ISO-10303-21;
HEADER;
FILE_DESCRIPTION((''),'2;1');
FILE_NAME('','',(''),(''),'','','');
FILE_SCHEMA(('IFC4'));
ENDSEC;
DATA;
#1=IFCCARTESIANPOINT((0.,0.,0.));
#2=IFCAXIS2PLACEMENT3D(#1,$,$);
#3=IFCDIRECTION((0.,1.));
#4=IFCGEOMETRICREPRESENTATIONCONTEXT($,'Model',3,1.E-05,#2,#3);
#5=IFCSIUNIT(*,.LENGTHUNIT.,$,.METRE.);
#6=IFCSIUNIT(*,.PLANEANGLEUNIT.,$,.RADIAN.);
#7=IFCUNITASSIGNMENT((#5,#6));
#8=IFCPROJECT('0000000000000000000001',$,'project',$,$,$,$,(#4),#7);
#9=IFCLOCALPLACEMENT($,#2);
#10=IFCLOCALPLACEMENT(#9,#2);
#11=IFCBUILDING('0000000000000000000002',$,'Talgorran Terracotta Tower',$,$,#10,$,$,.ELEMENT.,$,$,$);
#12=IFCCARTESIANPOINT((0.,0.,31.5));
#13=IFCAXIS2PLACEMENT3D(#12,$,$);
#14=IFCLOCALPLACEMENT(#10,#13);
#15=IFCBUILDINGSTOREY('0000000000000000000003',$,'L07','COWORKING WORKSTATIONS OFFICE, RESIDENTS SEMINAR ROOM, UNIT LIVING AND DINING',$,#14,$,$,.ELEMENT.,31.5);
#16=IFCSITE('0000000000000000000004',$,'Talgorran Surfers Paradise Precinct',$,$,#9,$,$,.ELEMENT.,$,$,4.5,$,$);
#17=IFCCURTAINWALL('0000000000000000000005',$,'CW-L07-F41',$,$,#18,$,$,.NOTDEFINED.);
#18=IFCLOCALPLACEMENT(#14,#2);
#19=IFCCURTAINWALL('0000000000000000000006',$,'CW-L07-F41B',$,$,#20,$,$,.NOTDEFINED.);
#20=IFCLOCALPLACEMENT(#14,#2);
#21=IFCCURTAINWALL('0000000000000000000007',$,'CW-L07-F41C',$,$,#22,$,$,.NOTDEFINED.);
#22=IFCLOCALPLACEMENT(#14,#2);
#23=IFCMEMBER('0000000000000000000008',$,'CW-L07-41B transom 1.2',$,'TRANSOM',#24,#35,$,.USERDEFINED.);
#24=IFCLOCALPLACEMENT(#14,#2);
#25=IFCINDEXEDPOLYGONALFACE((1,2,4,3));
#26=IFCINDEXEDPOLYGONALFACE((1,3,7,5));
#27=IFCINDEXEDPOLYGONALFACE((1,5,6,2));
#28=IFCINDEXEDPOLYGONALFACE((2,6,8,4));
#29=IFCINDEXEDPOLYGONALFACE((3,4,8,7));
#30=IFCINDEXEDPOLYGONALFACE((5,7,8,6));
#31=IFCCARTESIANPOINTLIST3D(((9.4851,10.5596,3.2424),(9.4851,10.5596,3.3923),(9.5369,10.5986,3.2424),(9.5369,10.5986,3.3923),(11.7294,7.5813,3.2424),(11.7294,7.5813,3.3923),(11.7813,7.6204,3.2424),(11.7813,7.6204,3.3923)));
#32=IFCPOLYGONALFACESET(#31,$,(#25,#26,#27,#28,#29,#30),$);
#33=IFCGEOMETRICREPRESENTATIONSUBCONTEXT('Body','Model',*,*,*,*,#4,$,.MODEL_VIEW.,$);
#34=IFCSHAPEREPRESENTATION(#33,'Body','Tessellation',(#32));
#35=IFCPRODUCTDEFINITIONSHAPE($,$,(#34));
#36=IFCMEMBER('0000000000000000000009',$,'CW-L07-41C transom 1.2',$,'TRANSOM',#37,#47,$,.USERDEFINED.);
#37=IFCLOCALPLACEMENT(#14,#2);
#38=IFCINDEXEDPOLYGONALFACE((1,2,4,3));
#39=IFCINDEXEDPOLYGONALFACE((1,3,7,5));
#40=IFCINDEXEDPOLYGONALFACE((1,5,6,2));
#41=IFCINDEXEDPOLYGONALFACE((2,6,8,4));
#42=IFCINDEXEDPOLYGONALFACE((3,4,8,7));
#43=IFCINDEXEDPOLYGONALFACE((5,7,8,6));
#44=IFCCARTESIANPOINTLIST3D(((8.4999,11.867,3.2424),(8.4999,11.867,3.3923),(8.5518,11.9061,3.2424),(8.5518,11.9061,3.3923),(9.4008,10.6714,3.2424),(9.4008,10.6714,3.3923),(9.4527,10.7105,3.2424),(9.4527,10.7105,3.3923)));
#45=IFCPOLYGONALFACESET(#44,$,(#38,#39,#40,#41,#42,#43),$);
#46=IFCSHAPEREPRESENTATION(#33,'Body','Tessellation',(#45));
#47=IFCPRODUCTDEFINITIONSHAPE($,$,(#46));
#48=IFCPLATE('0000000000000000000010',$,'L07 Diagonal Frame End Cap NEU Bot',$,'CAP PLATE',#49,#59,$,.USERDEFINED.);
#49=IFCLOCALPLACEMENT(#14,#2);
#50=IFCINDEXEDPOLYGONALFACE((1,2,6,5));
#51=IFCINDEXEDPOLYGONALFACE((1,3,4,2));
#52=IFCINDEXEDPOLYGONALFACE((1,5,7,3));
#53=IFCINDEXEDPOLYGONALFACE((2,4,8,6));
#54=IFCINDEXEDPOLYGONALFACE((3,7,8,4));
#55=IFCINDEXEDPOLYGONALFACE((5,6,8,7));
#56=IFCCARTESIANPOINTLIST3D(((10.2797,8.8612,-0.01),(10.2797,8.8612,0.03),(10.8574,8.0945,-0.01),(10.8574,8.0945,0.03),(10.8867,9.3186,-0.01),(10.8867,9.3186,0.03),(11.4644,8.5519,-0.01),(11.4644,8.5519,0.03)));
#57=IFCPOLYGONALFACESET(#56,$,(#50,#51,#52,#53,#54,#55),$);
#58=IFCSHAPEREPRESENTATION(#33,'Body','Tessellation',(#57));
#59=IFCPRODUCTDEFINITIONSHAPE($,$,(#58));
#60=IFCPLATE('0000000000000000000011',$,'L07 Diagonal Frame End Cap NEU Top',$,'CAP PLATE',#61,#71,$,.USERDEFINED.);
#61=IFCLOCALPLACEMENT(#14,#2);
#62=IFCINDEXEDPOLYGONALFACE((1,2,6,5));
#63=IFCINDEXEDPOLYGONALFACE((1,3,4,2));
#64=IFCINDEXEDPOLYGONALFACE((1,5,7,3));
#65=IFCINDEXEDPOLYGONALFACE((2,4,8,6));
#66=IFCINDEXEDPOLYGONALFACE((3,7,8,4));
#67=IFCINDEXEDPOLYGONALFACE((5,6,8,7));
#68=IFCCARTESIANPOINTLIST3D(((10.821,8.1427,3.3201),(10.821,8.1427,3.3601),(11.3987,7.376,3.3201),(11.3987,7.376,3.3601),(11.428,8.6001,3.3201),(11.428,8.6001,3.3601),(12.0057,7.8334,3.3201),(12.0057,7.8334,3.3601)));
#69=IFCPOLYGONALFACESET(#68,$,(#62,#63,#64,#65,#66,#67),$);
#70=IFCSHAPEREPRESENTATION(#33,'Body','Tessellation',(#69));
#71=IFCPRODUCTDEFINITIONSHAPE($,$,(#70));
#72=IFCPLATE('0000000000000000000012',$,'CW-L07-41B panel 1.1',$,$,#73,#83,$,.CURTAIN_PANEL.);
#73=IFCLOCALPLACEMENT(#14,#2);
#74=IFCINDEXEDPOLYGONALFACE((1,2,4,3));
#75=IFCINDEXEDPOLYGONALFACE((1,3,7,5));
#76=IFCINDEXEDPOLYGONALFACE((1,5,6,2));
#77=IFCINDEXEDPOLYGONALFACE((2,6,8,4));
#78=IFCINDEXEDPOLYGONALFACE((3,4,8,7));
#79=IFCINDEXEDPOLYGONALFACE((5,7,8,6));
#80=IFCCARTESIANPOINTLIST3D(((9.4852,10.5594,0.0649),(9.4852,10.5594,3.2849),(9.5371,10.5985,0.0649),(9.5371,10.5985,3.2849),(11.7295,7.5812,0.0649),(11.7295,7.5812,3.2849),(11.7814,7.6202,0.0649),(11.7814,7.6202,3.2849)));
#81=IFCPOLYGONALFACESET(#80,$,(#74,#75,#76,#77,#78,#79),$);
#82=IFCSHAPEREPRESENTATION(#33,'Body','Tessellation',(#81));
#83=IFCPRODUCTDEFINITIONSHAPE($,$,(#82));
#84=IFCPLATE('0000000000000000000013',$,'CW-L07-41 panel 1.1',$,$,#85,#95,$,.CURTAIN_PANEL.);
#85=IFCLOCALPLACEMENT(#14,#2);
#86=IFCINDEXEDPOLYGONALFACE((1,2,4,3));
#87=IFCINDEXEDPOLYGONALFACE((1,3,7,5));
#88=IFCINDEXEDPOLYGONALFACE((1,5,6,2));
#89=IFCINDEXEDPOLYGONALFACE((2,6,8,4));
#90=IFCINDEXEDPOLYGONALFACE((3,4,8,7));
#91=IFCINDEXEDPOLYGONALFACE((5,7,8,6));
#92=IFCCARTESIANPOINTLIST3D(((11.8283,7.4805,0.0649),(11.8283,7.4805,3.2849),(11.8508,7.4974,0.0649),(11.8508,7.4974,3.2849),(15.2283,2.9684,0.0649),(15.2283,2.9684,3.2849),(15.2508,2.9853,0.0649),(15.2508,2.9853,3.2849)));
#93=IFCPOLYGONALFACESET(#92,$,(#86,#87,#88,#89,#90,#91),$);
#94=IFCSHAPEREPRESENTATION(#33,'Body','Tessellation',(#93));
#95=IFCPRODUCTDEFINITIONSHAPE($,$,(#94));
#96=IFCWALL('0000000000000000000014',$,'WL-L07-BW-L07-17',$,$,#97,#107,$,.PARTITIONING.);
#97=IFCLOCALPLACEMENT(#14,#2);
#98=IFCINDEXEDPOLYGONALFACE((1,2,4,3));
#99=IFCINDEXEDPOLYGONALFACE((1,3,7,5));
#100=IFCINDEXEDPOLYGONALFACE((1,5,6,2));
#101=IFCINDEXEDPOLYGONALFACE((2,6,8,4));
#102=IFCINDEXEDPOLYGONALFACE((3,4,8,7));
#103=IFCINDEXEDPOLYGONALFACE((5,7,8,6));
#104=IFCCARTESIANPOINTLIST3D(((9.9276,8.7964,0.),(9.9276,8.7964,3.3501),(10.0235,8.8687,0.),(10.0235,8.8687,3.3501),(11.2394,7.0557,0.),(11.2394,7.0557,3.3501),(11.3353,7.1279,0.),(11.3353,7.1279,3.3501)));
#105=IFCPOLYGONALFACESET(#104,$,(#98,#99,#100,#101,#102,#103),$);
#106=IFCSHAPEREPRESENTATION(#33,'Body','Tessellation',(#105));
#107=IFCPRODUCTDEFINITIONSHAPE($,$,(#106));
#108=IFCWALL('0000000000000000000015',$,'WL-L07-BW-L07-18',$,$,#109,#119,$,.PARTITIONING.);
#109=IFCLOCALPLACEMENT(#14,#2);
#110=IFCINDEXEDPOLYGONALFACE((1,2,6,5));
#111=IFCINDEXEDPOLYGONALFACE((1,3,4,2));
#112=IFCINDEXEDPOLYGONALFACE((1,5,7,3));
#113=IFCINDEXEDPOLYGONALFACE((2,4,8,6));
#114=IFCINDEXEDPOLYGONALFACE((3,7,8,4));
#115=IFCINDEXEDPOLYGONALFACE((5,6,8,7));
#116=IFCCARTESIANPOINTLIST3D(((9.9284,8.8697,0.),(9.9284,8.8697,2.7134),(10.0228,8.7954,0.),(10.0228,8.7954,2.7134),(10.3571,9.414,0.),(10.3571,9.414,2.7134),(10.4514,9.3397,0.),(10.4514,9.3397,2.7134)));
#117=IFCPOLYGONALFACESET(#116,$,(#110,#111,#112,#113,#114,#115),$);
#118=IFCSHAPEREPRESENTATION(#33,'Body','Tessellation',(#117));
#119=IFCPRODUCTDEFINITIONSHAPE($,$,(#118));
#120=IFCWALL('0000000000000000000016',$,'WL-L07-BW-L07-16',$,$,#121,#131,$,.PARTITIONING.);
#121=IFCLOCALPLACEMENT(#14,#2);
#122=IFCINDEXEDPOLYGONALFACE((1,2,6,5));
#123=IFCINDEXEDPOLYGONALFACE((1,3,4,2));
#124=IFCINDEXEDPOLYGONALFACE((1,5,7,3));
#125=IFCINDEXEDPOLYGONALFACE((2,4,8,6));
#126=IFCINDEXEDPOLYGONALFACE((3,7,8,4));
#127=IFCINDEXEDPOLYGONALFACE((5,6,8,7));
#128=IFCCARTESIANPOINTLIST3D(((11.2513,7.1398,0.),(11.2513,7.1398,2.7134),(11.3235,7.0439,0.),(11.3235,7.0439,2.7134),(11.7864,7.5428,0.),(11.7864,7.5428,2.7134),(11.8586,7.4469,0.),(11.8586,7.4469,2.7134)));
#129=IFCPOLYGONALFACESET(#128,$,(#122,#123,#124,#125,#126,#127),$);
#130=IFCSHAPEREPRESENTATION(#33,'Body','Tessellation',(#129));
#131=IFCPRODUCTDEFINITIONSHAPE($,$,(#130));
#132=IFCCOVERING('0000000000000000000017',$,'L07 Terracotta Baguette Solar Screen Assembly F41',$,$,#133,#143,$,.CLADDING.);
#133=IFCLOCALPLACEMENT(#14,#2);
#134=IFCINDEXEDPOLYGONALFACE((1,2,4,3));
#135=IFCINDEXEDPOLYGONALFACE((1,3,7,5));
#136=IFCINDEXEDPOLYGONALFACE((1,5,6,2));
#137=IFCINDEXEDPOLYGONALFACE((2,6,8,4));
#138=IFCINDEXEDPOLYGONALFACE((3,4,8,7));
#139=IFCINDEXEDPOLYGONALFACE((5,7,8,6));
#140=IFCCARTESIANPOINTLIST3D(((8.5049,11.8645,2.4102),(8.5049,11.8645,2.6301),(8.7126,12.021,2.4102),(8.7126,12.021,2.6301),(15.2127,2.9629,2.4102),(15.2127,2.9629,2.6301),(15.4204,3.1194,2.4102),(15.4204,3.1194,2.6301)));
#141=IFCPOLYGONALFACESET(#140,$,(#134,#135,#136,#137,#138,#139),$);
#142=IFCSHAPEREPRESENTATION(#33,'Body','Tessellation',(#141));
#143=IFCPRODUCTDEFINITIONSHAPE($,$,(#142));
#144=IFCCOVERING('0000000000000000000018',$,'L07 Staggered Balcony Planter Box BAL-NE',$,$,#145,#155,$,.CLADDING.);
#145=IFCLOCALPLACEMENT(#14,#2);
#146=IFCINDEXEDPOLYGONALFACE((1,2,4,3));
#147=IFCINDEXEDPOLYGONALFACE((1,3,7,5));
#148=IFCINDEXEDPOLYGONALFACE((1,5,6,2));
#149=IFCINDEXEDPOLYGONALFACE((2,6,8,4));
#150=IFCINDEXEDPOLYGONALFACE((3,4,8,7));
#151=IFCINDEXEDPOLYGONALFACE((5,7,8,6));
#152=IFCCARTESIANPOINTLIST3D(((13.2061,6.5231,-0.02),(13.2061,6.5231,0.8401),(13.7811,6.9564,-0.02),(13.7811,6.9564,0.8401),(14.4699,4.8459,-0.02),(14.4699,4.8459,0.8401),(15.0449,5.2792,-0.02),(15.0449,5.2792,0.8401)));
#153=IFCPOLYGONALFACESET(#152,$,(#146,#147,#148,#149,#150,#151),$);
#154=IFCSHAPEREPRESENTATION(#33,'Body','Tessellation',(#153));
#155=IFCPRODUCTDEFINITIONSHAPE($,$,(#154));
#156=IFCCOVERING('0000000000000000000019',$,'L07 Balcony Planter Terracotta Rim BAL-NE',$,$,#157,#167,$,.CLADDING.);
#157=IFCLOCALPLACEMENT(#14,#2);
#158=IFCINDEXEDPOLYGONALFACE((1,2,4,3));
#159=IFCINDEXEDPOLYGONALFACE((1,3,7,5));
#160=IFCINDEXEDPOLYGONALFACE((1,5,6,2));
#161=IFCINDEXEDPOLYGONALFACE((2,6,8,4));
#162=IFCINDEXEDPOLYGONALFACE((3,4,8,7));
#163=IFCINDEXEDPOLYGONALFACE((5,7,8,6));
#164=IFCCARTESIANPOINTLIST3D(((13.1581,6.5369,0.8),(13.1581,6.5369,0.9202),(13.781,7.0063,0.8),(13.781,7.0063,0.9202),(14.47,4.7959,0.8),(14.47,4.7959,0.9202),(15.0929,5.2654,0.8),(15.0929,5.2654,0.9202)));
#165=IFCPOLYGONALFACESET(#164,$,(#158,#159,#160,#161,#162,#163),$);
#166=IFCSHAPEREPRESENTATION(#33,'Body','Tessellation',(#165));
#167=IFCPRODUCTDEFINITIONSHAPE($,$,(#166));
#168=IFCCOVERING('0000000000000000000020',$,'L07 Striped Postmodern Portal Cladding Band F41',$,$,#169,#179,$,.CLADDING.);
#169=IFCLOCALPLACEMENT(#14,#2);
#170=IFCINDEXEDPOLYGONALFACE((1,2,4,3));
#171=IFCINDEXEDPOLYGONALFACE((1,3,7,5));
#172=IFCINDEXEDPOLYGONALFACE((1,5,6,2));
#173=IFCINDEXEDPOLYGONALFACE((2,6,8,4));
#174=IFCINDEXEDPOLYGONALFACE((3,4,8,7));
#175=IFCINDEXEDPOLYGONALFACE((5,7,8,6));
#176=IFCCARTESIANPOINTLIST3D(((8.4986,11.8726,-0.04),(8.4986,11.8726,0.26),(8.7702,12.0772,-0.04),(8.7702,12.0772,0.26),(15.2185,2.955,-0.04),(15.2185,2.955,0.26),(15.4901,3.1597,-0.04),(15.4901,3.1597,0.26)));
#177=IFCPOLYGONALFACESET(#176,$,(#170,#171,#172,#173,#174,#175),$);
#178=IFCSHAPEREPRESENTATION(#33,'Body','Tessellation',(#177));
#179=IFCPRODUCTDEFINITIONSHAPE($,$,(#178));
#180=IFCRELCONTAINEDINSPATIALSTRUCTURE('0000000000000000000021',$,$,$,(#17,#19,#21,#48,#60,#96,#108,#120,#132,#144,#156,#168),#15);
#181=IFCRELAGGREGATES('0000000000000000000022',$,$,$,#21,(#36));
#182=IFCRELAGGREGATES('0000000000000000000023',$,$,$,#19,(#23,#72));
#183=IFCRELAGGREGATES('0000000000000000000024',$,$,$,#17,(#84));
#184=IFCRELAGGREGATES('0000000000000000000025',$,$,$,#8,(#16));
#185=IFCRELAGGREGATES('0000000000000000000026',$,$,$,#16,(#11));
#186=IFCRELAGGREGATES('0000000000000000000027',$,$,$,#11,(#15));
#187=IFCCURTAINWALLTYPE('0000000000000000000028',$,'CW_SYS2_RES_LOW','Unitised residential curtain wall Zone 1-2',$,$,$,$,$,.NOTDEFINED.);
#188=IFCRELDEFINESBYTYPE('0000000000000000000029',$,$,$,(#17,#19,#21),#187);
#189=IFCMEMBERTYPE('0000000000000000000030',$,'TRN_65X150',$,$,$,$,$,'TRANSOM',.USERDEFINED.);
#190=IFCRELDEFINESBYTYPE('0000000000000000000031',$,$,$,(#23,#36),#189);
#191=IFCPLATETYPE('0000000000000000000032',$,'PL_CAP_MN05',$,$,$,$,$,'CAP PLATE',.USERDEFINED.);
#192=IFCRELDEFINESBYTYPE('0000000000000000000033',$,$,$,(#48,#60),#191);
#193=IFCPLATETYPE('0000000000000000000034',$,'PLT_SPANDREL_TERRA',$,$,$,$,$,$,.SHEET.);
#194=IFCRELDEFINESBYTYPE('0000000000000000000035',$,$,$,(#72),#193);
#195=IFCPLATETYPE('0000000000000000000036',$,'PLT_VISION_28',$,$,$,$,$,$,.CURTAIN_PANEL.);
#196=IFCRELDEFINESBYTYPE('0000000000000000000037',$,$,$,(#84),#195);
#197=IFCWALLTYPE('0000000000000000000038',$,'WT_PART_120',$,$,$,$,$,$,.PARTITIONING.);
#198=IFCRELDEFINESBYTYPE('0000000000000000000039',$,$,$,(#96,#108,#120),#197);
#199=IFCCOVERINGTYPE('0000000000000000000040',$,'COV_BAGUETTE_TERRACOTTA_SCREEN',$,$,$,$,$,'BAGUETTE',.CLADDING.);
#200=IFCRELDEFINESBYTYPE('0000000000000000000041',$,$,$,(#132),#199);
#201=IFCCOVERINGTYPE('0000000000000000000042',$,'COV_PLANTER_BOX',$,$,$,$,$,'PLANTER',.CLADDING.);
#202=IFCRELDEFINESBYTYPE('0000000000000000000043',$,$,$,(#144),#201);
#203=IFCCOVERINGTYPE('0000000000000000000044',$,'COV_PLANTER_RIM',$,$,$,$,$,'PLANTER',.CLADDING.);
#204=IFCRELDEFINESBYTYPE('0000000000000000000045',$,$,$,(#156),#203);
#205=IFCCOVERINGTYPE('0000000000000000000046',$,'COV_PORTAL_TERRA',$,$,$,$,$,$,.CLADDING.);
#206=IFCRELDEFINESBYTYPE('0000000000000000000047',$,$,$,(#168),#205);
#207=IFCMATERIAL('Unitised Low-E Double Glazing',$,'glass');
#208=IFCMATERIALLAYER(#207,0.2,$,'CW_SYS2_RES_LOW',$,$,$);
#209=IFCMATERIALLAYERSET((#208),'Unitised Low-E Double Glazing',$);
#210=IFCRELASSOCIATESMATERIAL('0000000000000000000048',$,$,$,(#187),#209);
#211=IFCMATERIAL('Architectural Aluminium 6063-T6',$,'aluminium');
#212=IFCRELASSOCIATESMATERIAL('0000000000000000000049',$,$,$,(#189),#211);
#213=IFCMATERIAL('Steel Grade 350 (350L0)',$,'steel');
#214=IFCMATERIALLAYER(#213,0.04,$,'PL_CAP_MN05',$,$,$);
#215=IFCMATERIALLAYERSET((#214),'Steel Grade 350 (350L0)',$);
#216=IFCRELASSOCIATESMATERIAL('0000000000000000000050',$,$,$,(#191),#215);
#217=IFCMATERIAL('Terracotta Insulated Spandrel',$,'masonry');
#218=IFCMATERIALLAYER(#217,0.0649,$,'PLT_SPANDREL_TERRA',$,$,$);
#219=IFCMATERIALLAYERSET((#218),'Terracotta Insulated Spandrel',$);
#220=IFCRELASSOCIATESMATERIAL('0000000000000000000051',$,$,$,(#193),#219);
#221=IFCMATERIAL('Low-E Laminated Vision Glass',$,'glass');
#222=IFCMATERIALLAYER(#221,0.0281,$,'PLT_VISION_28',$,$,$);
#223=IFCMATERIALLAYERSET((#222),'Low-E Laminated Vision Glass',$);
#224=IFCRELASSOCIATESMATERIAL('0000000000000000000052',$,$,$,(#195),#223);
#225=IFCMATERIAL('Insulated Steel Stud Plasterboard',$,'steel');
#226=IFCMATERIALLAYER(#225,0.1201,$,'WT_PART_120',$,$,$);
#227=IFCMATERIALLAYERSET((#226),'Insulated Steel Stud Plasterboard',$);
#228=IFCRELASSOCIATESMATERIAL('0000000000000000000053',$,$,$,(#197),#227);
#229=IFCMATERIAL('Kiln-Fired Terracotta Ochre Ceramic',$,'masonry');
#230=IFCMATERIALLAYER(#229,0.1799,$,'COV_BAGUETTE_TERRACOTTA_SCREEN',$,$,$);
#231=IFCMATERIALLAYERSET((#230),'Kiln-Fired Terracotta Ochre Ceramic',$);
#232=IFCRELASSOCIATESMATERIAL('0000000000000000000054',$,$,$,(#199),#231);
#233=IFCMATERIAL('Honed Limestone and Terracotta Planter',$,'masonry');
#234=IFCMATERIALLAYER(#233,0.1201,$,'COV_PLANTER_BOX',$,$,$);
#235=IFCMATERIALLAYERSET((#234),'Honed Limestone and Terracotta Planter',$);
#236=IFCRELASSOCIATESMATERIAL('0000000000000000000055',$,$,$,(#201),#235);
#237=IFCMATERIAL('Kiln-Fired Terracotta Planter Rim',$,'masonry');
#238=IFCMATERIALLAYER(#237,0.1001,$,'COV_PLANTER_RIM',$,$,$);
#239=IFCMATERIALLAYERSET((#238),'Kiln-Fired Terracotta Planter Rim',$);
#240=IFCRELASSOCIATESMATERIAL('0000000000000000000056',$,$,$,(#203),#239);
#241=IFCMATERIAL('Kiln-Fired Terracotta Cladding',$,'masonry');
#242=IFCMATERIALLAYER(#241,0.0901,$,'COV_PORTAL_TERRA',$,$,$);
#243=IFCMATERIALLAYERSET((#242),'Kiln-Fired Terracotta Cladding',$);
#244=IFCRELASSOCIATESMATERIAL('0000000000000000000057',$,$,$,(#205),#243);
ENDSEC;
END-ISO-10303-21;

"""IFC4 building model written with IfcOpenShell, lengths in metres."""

from ifc_helpers import new_model, si_unit, direction, frame, frame_2d, origin, origin_2d, place, context, subcontext, project, spatial, rectangle, extrude, source, transform, mapped, material, layer, layer_set, material_profile, profile_set, type_object, type_shapes, element, aggregate, save


model = new_model("IFC4")

# Units and contexts
model_context = context("Model", 3, precision=1e-05, world=origin(), true_north=direction((0.0, 1.0)))
body_context = subcontext(model_context, "Body", "Model", "MODEL_VIEW")
ifc_project = project(units=[si_unit("LENGTHUNIT", "METRE"), si_unit("PLANEANGLEUNIT", "RADIAN")], contexts=[model_context])

# Site, building, storey
site_placement = place(None, origin())
site = spatial("IfcSite", under=ifc_project, at=site_placement, Name="Talgorran Surfers Paradise Precinct", CompositionType="ELEMENT", RefElevation=4.5)
building_placement = place(site_placement, origin())
building = spatial("IfcBuilding", under=site, at=building_placement, Name="Talgorran Terracotta Tower", CompositionType="ELEMENT")
storey_placement = place(building_placement, frame((0.0, 0.0, 31.5)))
storey = spatial("IfcBuildingStorey", under=building, at=storey_placement, Name="L07", Description="COWORKING WORKSTATIONS OFFICE, RESIDENTS SEMINAR ROOM, UNIT LIVING AND DINING", CompositionType="ELEMENT", Elevation=31.5)

# Shared definitions
ifc_material_1 = material(Name="Steel Grade 350 (350L0)", Category="steel")

# Curtain wall
ifc_material_2 = material(Name="Unitised Low-E Double Glazing", Category="glass")
ifc_layer_1 = layer(ifc_material_2, 0.2, Name="CW_SYS2_RES_LOW")
ifc_layer_set_1 = layer_set([ifc_layer_1], Name="Unitised Low-E Double Glazing")
curtain_wall_type = type_object("IfcCurtainWallType", Name="CW_SYS2_RES_LOW", Description="Unitised residential curtain wall Zone 1-2", PredefinedType="NOTDEFINED", material=ifc_layer_set_1)
curtain_wall_1_placement = place(storey_placement, origin())
curtain_wall_1 = element("IfcCurtainWall", 1, at=curtain_wall_1_placement, inside=storey, type_object=curtain_wall_type, Name="CW-L07-F41", PredefinedType="NOTDEFINED")
ifc_material_3 = material(Name="Architectural Aluminium 6063-T6", Category="aluminium")

# Curtain wall
curtain_wall_2_placement = place(storey_placement, origin())
curtain_wall_2 = element("IfcCurtainWall", 2, at=curtain_wall_2_placement, inside=storey, type_object=curtain_wall_type, Name="CW-L07-F41B", PredefinedType="NOTDEFINED")

# Curtain wall
curtain_wall_3_placement = place(storey_placement, origin())
curtain_wall_3 = element("IfcCurtainWall", 3, at=curtain_wall_3_placement, inside=storey, type_object=curtain_wall_type, Name="CW-L07-F41C", PredefinedType="NOTDEFINED")

# Members
ifc_material_profile_1 = material_profile(ifc_material_3, rectangle(XDim=0.0649, YDim=0.1499, at=origin_2d()), Name="CWT65X150")
ifc_profile_set_1 = profile_set([ifc_material_profile_1], Name="Architectural Aluminium 6063-T6")
member_type_1 = type_object("IfcMemberType", Name="TRN_65X150", ElementType="TRANSOM", PredefinedType="USERDEFINED", material=ifc_profile_set_1)
member_1_placement = place(storey_placement, frame((11.7554, 7.6008, 3.3174), z_axis=(-0.601831, 0.798623, 0.0), x_axis=(-0.798623, -0.601831, 0.0)))
member_1 = element("IfcMember", 4, at=member_1_placement, type_object=member_type_1, Name="CW-L07-41B transom 1.2", ObjectType="TRANSOM", PredefinedType="USERDEFINED", context=body_context, shape_type="SweptSolid", body=[
    extrude(rectangle(XDim=0.0649, YDim=0.1499, at=origin_2d()), origin(), (0.0, 0.0, 1.0), 3.7292),
])
member_2_placement = place(storey_placement, frame((9.4268, 10.6909, 3.3174), z_axis=(-0.601799, 0.798648, 0.0), x_axis=(-0.798648, -0.601799, 0.0)))
member_2 = element("IfcMember", 5, at=member_2_placement, type_object=member_type_1, Name="CW-L07-41C transom 1.2", ObjectType="TRANSOM", PredefinedType="USERDEFINED", context=body_context, shape_type="SweptSolid", body=[
    extrude(rectangle(XDim=0.0649, YDim=0.1499, at=origin_2d()), origin(), (0.0, 0.0, 1.0), 1.4971),
])
aggregate(curtain_wall_3, [member_2])

# Plates
ifc_layer_2 = layer(ifc_material_1, 0.04, Name="PL_CAP_MN05")
ifc_layer_set_2 = layer_set([ifc_layer_2], Name="Steel Grade 350 (350L0)")
plate_type_1 = type_object("IfcPlateType", Name="PL_CAP_MN05", ElementType="CAP PLATE", PredefinedType="USERDEFINED", material=ifc_layer_set_2)
for number, where, z_axis, x_axis, name in (
    (6, (10.8721, 8.7065, -0.01), (0.0, 0.0, 1.0), (0.601815, -0.798636, 0.0), "L07 Diagonal Frame End Cap NEU Bot"),
    (7, (11.4133, 7.988, 3.3201), (0.0, 0.0, 1.0), (0.601815, -0.798636, 0.0), "L07 Diagonal Frame End Cap NEU Top"),
):
    element("IfcPlate", number, at=place(storey_placement, frame(where, z_axis=z_axis, x_axis=x_axis)), inside=storey, type_object=plate_type_1, Name=name, ObjectType="CAP PLATE", PredefinedType="USERDEFINED", context=body_context, shape_type="SweptSolid", body=[
        extrude(rectangle(XDim=0.96, YDim=0.76, at=origin_2d()), origin(), (0.0, 0.0, 1.0), 0.04),
    ])

# Plates
ifc_material_4 = material(Name="Terracotta Insulated Spandrel", Category="masonry")
ifc_layer_3 = layer(ifc_material_4, 0.0649, Name="PLT_SPANDREL_TERRA")
ifc_layer_set_3 = layer_set([ifc_layer_3], Name="Terracotta Insulated Spandrel")
plate_type_2 = type_object("IfcPlateType", Name="PLT_SPANDREL_TERRA", PredefinedType="SHEET", material=ifc_layer_set_3)
shared_shape_1 = source(origin(), body_context, "Body", "SweptSolid", [
    extrude(rectangle(XDim=3.7292, YDim=0.0649, at=origin_2d()), origin(), (0.0, 0.0, 1.0), 3.22),
])
type_shapes(plate_type_2, [shared_shape_1])
plate_1_placement = place(storey_placement, frame((10.6333, 9.0898, 0.0649), z_axis=(0.0, 0.0, 1.0), x_axis=(-0.601827, 0.798627, 0.0)))
plate_1 = element("IfcPlate", 8, at=plate_1_placement, type_object=plate_type_2, Name="CW-L07-41B panel 1.1", PredefinedType="CURTAIN_PANEL", context=body_context, shape_type="MappedRepresentation", body=[
    mapped(shared_shape_1, transform((0.0, 0.0, 0.0), scale=1.0)),
])
aggregate(curtain_wall_2, [member_1, plate_1])
ifc_material_5 = material(Name="Low-E Laminated Vision Glass", Category="glass")
ifc_layer_4 = layer(ifc_material_5, 0.0281, Name="PLT_VISION_28")
ifc_layer_set_4 = layer_set([ifc_layer_4], Name="Low-E Laminated Vision Glass")
plate_type_3 = type_object("IfcPlateType", Name="PLT_VISION_28", PredefinedType="CURTAIN_PANEL", material=ifc_layer_set_4)
shared_shape_2 = source(origin(), body_context, "Body", "SweptSolid", [
    extrude(rectangle(XDim=5.6497, YDim=0.0281, at=origin_2d()), origin(), (0.0, 0.0, 1.0), 3.22),
])
type_shapes(plate_type_3, [shared_shape_2])
plate_2_placement = place(storey_placement, frame((13.5396, 5.2329, 0.0649), z_axis=(0.0, 0.0, 1.0), x_axis=(-0.601809, 0.79864, 0.0)))
plate_2 = element("IfcPlate", 9, at=plate_2_placement, type_object=plate_type_3, Name="CW-L07-41 panel 1.1", PredefinedType="CURTAIN_PANEL", context=body_context, shape_type="MappedRepresentation", body=[
    mapped(shared_shape_2, transform((0.0, 0.0, 0.0), scale=1.0)),
])
aggregate(curtain_wall_1, [plate_2])

# Walls
ifc_material_6 = material(Name="Insulated Steel Stud Plasterboard", Category="steel")
ifc_layer_5 = layer(ifc_material_6, 0.1201, Name="WT_PART_120")
ifc_layer_set_5 = layer_set([ifc_layer_5], Name="Insulated Steel Stud Plasterboard")
wall_type = type_object("IfcWallType", Name="WT_PART_120", PredefinedType="PARTITIONING", material=ifc_layer_set_5)
wall_1_placement = place(storey_placement, frame((11.2874, 7.0918, 0.0), z_axis=(0.0, 0.0, 1.0), x_axis=(-0.601826, 0.798627, 0.0)))
element("IfcWall", 10, at=wall_1_placement, inside=storey, type_object=wall_type, Name="WL-L07-BW-L07-17", PredefinedType="PARTITIONING", context=body_context, shape_type="SweptSolid", body=[
    extrude(rectangle(XDim=2.1797, YDim=0.1201, at=frame_2d((1.0898, 0.0))), origin(), (0.0, 0.0, 1.0), 3.3501),
])
wall_2_placement = place(storey_placement, frame((9.9756, 8.8325, 0.0), z_axis=(0.0, 0.0, 1.0), x_axis=(0.618661, 0.785658, 0.0)))
element("IfcWall", 11, at=wall_2_placement, inside=storey, type_object=wall_type, Name="WL-L07-BW-L07-18", PredefinedType="PARTITIONING", context=body_context, shape_type="SweptSolid", body=[
    extrude(rectangle(XDim=0.6929, YDim=0.1201, at=frame_2d((0.3464, 0.0))), origin(), (0.0, 0.0, 1.0), 2.7134),
])
wall_3_placement = place(storey_placement, frame((11.8225, 7.4949, 0.0), z_axis=(0.0, 0.0, 1.0), x_axis=(-0.798774, -0.601631, 0.0)))
element("IfcWall", 12, at=wall_3_placement, inside=storey, type_object=wall_type, Name="WL-L07-BW-L07-16", PredefinedType="PARTITIONING", context=body_context, shape_type="SweptSolid", body=[
    extrude(rectangle(XDim=0.6699, YDim=0.1201, at=frame_2d((0.335, 0.0))), origin(), (0.0, 0.0, 1.0), 2.7134),
])

# Coverings
ifc_material_7 = material(Name="Kiln-Fired Terracotta Ochre Ceramic", Category="masonry")
ifc_layer_6 = layer(ifc_material_7, 0.1799, Name="COV_BAGUETTE_TERRACOTTA_SCREEN")
ifc_layer_set_6 = layer_set([ifc_layer_6], Name="Kiln-Fired Terracotta Ochre Ceramic")
covering_type_1 = type_object("IfcCoveringType", Name="COV_BAGUETTE_TERRACOTTA_SCREEN", ElementType="BAGUETTE", PredefinedType="CLADDING", material=ifc_layer_set_6)
covering_1_placement = place(storey_placement, frame((11.9626, 7.4919, 2.4102), z_axis=(0.0, 0.0, 1.0), x_axis=(-0.601815, 0.798636, 0.0)))
element("IfcCovering", 13, at=covering_1_placement, inside=storey, type_object=covering_type_1, Name="L07 Terracotta Baguette Solar Screen Assembly F41", PredefinedType="CLADDING", context=body_context, shape_type="SweptSolid", body=[
    extrude(rectangle(XDim=11.146, YDim=0.26, at=origin_2d()), origin(), (0.0, 0.0, 1.0), 0.22),
])
ifc_material_8 = material(Name="Honed Limestone and Terracotta Planter", Category="masonry")
ifc_layer_7 = layer(ifc_material_8, 0.1201, Name="COV_PLANTER_BOX")
ifc_layer_set_7 = layer_set([ifc_layer_7], Name="Honed Limestone and Terracotta Planter")
covering_type_2 = type_object("IfcCoveringType", Name="COV_PLANTER_BOX", ElementType="PLANTER", PredefinedType="CLADDING", material=ifc_layer_set_7)
covering_2_placement = place(storey_placement, frame((14.1255, 5.9011, -0.02), z_axis=(0.0, 0.0, 1.0), x_axis=(-0.601815, 0.798636, 0.0)))
element("IfcCovering", 14, at=covering_2_placement, inside=storey, type_object=covering_type_2, Name="L07 Staggered Balcony Planter Box BAL-NE", PredefinedType="CLADDING", context=body_context, shape_type="SweptSolid", body=[
    extrude(rectangle(XDim=2.1001, YDim=0.72, at=origin_2d()), origin(), (0.0, 0.0, 1.0), 0.8601),
])
ifc_material_9 = material(Name="Kiln-Fired Terracotta Planter Rim", Category="masonry")
ifc_layer_8 = layer(ifc_material_9, 0.1001, Name="COV_PLANTER_RIM")
ifc_layer_set_8 = layer_set([ifc_layer_8], Name="Kiln-Fired Terracotta Planter Rim")
covering_type_3 = type_object("IfcCoveringType", Name="COV_PLANTER_RIM", ElementType="PLANTER", PredefinedType="CLADDING", material=ifc_layer_set_8)
covering_3_placement = place(storey_placement, frame((14.1255, 5.9011, 0.8), z_axis=(0.0, 0.0, 1.0), x_axis=(-0.601815, 0.798636, 0.0)))
element("IfcCovering", 15, at=covering_3_placement, inside=storey, type_object=covering_type_3, Name="L07 Balcony Planter Terracotta Rim BAL-NE", PredefinedType="CLADDING", context=body_context, shape_type="SweptSolid", body=[
    extrude(rectangle(XDim=2.1799, YDim=0.78, at=origin_2d()), origin(), (0.0, 0.0, 1.0), 0.1201),
])
ifc_material_10 = material(Name="Kiln-Fired Terracotta Cladding", Category="masonry")
ifc_layer_9 = layer(ifc_material_10, 0.0901, Name="COV_PORTAL_TERRA")
ifc_layer_set_9 = layer_set([ifc_layer_9], Name="Kiln-Fired Terracotta Cladding")
covering_type_4 = type_object("IfcCoveringType", Name="COV_PORTAL_TERRA", PredefinedType="CLADDING", material=ifc_layer_set_9)
covering_4_placement = place(storey_placement, frame((11.9944, 7.5161, -0.04), z_axis=(0.0, 0.0, 1.0), x_axis=(-0.601815, 0.798636, 0.0)))
element("IfcCovering", 16, at=covering_4_placement, inside=storey, type_object=covering_type_4, Name="L07 Striped Postmodern Portal Cladding Band F41", PredefinedType="CLADDING", context=body_context, shape_type="SweptSolid", body=[
    extrude(rectangle(XDim=11.166, YDim=0.3401, at=origin_2d()), origin(), (0.0, 0.0, 1.0), 0.3),
])

save(model, "model.ifc")
